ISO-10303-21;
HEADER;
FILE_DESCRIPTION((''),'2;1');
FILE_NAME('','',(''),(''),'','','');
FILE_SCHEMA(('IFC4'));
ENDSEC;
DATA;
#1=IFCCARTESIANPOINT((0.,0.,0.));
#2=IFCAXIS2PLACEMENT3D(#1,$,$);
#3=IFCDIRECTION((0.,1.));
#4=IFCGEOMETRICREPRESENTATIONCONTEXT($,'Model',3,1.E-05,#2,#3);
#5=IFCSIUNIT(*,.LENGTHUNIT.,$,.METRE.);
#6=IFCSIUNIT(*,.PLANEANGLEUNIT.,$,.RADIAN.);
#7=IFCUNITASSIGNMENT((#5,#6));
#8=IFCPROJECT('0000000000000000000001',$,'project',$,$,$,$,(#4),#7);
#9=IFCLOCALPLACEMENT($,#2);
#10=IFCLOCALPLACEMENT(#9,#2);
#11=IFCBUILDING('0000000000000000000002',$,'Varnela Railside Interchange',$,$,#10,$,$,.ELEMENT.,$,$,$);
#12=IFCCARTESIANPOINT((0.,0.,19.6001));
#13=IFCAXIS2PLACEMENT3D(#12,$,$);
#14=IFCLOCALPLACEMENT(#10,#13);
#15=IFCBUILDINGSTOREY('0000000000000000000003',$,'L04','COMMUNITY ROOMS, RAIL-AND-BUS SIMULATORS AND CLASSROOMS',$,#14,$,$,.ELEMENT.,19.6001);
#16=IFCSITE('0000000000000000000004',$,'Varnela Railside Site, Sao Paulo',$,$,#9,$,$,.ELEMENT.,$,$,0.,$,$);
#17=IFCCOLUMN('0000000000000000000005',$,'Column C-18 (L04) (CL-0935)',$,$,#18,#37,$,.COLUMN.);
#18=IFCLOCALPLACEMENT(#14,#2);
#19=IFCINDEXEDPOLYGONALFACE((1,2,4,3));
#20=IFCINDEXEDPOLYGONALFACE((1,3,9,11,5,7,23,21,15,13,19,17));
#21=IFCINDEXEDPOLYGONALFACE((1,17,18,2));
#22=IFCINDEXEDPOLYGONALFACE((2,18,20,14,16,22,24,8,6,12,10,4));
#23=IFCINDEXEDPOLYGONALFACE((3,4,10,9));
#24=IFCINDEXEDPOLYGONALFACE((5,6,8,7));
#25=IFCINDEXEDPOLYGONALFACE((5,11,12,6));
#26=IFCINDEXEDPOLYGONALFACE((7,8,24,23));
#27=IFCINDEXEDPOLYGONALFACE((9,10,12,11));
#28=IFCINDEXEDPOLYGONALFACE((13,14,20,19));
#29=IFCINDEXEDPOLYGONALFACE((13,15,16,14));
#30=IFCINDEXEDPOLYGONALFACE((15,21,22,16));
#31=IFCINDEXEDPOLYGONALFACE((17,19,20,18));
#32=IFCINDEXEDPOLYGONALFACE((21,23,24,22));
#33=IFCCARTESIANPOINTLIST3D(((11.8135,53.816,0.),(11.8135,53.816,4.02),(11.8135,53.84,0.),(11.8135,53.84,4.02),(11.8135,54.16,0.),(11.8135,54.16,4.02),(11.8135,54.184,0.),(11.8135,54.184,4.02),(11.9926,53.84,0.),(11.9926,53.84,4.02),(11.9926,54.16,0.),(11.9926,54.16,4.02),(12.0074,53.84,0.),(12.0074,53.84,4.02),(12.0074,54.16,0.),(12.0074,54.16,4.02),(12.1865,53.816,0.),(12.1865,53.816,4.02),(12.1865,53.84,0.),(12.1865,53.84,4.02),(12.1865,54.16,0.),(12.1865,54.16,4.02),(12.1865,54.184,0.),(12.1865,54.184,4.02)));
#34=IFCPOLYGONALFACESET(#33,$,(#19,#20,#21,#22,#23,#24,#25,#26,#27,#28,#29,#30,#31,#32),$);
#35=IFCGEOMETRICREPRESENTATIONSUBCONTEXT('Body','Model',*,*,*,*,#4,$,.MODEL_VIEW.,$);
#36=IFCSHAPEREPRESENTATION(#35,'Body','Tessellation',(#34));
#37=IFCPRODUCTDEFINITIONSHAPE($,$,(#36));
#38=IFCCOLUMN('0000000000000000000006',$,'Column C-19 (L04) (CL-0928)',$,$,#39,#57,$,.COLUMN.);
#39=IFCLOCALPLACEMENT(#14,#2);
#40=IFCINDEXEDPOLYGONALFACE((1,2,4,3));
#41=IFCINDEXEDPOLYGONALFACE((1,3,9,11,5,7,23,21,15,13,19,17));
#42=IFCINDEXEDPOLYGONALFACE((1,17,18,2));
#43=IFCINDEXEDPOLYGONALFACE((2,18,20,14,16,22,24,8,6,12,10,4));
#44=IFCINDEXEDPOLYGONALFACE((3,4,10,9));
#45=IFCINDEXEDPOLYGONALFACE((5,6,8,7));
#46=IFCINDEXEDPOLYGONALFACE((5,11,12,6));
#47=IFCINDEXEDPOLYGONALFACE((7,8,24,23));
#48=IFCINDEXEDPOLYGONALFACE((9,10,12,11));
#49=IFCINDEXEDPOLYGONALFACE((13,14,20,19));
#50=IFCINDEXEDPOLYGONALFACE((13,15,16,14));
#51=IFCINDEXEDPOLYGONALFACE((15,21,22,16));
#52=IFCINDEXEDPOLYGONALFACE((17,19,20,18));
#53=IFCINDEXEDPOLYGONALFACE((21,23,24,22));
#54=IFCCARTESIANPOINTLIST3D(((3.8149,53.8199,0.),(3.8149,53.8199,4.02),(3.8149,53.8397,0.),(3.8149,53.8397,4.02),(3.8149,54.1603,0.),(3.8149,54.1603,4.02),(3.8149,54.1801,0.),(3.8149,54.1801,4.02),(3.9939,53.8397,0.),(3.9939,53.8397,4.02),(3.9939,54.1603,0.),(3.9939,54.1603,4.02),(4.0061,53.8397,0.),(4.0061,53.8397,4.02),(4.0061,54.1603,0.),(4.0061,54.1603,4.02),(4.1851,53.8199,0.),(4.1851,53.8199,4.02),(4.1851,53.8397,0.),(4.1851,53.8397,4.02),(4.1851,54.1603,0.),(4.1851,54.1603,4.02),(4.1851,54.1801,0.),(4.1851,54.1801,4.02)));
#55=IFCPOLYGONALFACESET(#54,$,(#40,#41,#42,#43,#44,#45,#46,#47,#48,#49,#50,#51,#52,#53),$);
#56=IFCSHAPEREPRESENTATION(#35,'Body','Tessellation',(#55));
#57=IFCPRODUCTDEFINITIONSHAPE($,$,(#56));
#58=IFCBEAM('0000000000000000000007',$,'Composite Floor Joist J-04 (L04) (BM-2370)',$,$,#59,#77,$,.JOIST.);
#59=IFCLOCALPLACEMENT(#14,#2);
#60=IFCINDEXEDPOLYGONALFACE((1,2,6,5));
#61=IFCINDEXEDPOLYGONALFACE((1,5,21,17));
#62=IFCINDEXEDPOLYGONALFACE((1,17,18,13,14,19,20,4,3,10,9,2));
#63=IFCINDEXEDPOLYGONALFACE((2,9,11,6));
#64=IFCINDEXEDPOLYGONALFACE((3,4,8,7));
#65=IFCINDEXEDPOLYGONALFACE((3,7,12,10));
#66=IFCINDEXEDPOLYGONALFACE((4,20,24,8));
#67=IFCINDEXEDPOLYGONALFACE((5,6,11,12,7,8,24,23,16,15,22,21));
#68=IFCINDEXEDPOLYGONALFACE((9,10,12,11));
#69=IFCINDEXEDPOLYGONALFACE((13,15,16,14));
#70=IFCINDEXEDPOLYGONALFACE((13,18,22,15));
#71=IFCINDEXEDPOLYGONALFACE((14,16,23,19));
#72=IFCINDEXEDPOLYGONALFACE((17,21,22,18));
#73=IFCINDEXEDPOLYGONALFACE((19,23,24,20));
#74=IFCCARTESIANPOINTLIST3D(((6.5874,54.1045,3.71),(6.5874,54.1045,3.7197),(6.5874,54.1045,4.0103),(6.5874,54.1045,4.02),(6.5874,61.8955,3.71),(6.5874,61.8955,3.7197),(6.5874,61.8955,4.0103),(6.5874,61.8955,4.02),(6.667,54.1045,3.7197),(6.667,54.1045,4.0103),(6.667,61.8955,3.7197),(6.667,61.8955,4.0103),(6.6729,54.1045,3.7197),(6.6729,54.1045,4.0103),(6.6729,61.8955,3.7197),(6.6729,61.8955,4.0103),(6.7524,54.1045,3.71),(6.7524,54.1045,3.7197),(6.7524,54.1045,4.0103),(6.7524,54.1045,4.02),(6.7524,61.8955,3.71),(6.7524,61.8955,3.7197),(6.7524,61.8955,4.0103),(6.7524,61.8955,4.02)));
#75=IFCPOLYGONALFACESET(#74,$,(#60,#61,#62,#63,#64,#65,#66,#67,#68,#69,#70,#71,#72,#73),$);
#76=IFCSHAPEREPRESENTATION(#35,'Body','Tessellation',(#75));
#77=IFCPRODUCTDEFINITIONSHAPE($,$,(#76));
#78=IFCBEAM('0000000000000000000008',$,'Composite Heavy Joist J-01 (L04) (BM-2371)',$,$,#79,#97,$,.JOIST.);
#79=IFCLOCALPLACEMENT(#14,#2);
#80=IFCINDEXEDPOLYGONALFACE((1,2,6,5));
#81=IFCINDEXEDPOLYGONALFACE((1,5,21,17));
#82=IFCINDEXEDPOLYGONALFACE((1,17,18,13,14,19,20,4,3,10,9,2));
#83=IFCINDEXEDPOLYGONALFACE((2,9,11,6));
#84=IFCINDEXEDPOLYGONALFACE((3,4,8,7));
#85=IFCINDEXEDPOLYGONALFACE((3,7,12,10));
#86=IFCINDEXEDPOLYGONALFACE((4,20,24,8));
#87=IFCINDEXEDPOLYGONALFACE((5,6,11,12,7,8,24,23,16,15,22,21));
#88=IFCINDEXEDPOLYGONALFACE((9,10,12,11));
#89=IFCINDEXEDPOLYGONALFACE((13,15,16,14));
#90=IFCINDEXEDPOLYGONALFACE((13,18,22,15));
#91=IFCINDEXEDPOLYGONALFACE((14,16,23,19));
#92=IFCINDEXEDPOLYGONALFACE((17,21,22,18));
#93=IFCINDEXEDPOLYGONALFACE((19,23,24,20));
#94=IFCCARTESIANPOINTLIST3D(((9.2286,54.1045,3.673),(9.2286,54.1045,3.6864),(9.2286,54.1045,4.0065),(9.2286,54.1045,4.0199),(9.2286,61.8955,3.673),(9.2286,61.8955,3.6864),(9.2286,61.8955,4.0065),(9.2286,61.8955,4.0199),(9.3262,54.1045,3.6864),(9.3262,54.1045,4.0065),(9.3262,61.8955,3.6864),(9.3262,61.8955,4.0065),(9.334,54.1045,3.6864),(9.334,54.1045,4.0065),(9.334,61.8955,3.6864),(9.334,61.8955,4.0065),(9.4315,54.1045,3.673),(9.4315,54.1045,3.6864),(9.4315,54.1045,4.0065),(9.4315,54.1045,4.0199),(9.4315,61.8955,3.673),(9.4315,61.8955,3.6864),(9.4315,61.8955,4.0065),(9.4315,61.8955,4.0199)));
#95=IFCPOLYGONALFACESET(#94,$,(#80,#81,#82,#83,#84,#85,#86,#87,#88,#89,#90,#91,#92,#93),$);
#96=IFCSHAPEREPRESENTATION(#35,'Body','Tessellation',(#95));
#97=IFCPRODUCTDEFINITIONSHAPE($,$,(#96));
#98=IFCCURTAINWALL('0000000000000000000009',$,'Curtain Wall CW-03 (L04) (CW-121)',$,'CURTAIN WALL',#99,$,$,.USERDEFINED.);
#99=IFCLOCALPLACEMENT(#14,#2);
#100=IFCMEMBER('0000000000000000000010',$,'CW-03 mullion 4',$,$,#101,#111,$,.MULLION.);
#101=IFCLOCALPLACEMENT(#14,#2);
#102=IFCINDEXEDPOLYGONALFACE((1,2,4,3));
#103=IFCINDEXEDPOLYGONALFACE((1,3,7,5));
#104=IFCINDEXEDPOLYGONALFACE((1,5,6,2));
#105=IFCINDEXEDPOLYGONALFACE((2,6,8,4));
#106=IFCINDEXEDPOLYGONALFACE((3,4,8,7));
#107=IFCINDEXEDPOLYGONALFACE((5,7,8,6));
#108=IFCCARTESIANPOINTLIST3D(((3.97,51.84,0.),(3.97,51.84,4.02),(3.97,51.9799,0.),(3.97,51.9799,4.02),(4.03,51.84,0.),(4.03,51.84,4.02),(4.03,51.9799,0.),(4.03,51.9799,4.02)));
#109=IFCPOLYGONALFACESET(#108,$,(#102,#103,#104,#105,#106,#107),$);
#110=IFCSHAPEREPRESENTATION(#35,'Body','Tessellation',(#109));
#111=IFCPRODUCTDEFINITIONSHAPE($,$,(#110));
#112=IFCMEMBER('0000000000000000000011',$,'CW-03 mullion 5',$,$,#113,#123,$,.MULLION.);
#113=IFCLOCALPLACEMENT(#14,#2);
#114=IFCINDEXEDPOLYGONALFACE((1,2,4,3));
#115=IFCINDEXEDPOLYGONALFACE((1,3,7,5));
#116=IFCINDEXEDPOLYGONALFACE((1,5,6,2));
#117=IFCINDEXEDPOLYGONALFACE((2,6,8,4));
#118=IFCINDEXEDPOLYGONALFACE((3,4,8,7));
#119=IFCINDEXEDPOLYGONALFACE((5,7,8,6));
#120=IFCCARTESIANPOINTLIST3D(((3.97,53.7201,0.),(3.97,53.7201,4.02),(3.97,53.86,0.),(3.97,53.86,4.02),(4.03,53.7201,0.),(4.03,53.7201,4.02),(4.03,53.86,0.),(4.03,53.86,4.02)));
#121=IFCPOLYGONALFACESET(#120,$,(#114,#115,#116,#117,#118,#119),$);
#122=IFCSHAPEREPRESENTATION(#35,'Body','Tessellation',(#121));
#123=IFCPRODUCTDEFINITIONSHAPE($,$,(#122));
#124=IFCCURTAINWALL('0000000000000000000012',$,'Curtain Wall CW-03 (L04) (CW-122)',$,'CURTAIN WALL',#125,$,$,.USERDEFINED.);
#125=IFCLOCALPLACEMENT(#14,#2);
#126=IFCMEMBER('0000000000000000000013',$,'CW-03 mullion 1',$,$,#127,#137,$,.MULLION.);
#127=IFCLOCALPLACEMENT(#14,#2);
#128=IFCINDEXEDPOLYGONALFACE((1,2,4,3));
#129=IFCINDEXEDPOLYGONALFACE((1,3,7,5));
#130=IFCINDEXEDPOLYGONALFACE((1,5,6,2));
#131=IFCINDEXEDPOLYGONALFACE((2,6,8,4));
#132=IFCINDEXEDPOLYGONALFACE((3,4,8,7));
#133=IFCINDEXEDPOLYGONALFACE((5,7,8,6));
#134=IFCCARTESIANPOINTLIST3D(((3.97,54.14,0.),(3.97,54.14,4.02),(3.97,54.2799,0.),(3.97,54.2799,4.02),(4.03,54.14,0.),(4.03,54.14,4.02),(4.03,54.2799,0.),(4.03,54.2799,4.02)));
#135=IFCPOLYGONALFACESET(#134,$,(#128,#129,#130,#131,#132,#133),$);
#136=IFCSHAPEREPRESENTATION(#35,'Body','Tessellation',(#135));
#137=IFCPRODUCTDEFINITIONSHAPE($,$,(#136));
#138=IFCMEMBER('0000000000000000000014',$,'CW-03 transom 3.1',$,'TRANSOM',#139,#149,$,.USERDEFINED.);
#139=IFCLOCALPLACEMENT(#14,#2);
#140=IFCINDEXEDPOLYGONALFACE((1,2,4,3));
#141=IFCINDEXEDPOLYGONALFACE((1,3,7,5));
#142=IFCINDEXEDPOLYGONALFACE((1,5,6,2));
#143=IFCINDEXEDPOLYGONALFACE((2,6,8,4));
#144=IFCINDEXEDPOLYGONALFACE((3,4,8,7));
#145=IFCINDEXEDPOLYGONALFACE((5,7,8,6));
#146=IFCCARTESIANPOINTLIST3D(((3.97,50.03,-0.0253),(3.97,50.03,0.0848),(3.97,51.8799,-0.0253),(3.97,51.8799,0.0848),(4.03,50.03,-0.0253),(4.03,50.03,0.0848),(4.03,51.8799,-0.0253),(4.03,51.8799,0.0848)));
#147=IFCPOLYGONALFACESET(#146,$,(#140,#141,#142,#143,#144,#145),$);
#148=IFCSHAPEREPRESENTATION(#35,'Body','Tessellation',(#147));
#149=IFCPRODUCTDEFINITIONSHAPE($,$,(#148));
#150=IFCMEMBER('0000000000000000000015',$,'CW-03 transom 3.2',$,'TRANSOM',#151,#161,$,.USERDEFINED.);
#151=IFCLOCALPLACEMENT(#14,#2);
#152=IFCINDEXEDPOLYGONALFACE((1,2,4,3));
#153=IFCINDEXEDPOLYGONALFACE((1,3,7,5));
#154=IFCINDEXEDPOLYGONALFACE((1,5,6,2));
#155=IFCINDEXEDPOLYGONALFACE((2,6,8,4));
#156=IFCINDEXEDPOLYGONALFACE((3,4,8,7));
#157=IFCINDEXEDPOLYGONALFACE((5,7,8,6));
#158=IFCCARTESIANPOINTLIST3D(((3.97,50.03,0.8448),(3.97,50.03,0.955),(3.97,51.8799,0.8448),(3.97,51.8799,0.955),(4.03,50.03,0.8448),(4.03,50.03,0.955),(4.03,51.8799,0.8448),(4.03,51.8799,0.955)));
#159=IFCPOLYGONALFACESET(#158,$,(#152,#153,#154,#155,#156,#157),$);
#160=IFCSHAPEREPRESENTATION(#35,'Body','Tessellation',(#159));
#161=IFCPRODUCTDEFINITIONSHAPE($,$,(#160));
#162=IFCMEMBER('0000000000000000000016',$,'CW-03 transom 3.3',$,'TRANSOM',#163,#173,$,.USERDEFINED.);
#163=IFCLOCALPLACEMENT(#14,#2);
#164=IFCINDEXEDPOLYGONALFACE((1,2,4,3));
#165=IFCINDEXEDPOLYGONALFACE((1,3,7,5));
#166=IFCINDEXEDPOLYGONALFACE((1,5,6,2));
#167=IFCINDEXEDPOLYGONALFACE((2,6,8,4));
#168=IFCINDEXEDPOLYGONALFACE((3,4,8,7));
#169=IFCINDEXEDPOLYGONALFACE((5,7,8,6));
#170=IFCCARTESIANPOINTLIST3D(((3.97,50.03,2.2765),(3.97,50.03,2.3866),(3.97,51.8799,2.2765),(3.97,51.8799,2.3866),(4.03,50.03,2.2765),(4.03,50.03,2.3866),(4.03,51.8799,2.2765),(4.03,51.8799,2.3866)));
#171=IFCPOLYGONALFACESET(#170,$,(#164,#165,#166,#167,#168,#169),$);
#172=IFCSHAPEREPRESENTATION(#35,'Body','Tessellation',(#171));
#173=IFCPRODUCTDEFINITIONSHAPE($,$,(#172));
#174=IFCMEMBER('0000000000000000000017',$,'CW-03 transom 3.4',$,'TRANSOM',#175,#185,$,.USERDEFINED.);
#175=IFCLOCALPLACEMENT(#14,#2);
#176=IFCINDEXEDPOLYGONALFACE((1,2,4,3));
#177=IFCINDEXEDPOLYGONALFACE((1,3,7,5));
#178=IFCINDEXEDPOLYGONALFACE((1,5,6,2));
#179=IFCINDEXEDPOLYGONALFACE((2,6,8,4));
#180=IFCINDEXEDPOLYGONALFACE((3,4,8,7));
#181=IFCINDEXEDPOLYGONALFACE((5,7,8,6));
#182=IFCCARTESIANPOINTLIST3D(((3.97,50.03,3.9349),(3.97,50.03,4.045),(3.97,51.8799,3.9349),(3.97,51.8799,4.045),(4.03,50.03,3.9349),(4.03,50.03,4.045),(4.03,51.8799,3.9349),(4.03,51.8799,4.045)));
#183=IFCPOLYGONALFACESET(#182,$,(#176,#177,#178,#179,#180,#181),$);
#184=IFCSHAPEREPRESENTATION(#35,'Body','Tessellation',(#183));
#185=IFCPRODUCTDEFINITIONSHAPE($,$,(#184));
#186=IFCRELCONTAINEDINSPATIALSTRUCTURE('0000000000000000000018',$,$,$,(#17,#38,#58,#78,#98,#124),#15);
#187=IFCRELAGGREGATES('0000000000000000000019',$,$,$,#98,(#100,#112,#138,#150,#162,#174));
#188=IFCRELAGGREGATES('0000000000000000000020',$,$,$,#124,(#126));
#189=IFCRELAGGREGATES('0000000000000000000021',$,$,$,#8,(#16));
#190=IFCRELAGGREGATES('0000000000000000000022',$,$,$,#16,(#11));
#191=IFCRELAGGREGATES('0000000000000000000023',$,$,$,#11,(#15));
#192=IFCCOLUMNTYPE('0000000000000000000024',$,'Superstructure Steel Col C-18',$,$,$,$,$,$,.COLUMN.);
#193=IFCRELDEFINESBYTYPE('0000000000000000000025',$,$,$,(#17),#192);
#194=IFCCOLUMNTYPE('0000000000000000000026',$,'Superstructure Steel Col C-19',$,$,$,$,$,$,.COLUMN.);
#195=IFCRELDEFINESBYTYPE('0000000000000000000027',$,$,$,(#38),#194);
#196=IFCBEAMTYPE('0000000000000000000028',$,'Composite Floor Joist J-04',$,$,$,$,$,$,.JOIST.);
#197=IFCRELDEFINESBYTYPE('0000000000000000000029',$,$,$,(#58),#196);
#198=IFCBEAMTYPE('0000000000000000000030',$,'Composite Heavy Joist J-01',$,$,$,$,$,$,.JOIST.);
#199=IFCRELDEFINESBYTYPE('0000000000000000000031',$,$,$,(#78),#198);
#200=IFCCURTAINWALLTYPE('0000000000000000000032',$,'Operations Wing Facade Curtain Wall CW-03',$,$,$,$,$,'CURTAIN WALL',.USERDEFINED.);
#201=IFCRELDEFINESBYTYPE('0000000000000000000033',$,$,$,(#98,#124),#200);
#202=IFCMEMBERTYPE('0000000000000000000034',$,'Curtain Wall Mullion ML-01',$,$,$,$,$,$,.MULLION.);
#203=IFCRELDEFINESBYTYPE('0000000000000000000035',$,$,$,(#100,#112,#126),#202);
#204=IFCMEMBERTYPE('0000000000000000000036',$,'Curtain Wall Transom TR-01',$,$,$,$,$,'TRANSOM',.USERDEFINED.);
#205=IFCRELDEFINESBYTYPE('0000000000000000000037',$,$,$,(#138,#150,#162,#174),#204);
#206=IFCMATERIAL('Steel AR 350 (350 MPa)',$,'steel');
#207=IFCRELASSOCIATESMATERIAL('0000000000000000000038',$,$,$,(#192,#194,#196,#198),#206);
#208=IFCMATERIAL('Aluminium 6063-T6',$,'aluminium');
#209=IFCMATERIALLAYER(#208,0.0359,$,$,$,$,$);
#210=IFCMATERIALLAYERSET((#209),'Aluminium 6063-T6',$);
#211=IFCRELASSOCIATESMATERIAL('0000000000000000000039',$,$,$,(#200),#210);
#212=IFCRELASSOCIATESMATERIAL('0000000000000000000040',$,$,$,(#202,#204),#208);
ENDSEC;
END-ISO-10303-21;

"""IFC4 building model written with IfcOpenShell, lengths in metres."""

from ifc_helpers import new_model, si_unit, direction, frame, origin, origin_2d, place, context, subcontext, project, spatial, rectangle, i_section, extrude, material, layer, layer_set, material_profile, profile_set, type_object, element, aggregate, save


model = new_model("IFC4")

# Units and contexts
model_context = context("Model", 3, precision=1e-05, world=origin(), true_north=direction((0.0, 1.0)))
body_context = subcontext(model_context, "Body", "Model", "MODEL_VIEW")
ifc_project = project(units=[si_unit("LENGTHUNIT", "METRE"), si_unit("PLANEANGLEUNIT", "RADIAN")], contexts=[model_context])

# Site, building, storey
site_placement = place(None, origin())
site = spatial("IfcSite", under=ifc_project, at=site_placement, Name="Varnela Railside Site, Sao Paulo", CompositionType="ELEMENT", RefElevation=0.0)
building_placement = place(site_placement, origin())
building = spatial("IfcBuilding", under=site, at=building_placement, Name="Varnela Railside Interchange", CompositionType="ELEMENT")
storey_placement = place(building_placement, frame((0.0, 0.0, 19.6001)))
storey = spatial("IfcBuildingStorey", under=building, at=storey_placement, Name="L04", Description="COMMUNITY ROOMS, RAIL-AND-BUS SIMULATORS AND CLASSROOMS", CompositionType="ELEMENT", Elevation=19.6001)

# Columns
ifc_material_1 = material(Name="Steel AR 350 (350 MPa)", Category="steel")
ifc_material_profile_1 = material_profile(ifc_material_1, i_section(OverallWidth=0.373, OverallDepth=0.3679, WebThickness=0.0149, FlangeThickness=0.0239, at=origin_2d()), Name="W360x179")
ifc_profile_set_1 = profile_set([ifc_material_profile_1], Name="Steel AR 350 (350 MPa)")
column_type_1 = type_object("IfcColumnType", Name="Superstructure Steel Col C-18", PredefinedType="COLUMN", material=ifc_profile_set_1)
column_1_placement = place(storey_placement, frame((12.0, 54.0, 0.0), z_axis=(0.0, 0.0, 1.0), x_axis=(1.0, 0.0, 0.0)))
element("IfcColumn", 1, at=column_1_placement, inside=storey, type_object=column_type_1, Name="Column C-18 (L04) (CL-0935)", PredefinedType="COLUMN", context=body_context, shape_type="SweptSolid", body=[
    extrude(i_section(OverallWidth=0.373, OverallDepth=0.3679, WebThickness=0.0149, FlangeThickness=0.0239, at=origin_2d()), origin(), (0.0, 0.0, 1.0), 4.02),
])
ifc_material_profile_2 = material_profile(ifc_material_1, i_section(OverallWidth=0.3701, OverallDepth=0.3601, WebThickness=0.0122, FlangeThickness=0.0198, at=origin_2d()), Name="W360x147")
ifc_profile_set_2 = profile_set([ifc_material_profile_2], Name="Steel AR 350 (350 MPa)")
column_type_2 = type_object("IfcColumnType", Name="Superstructure Steel Col C-19", PredefinedType="COLUMN", material=ifc_profile_set_2)
column_2_placement = place(storey_placement, frame((4.0, 54.0, 0.0), z_axis=(0.0, 0.0, 1.0), x_axis=(1.0, 0.0, 0.0)))
element("IfcColumn", 2, at=column_2_placement, inside=storey, type_object=column_type_2, Name="Column C-19 (L04) (CL-0928)", PredefinedType="COLUMN", context=body_context, shape_type="SweptSolid", body=[
    extrude(i_section(OverallWidth=0.3701, OverallDepth=0.3601, WebThickness=0.0122, FlangeThickness=0.0198, at=origin_2d()), origin(), (0.0, 0.0, 1.0), 4.02),
])

# Beams
ifc_material_profile_3 = material_profile(ifc_material_1, i_section(OverallWidth=0.165, OverallDepth=0.3101, WebThickness=0.0059, FlangeThickness=0.0098, at=origin_2d()), Name="W310x38.7")
ifc_profile_set_3 = profile_set([ifc_material_profile_3], Name="Steel AR 350 (350 MPa)")
beam_type_1 = type_object("IfcBeamType", Name="Composite Floor Joist J-04", PredefinedType="JOIST", material=ifc_profile_set_3)
beam_1_placement = place(storey_placement, frame((6.6699, 54.1045, 3.865), z_axis=(0.0, 1.0, 0.0), x_axis=(-1.0, 0.0, 0.0)))
element("IfcBeam", 3, at=beam_1_placement, inside=storey, type_object=beam_type_1, Name="Composite Floor Joist J-04 (L04) (BM-2370)", PredefinedType="JOIST", context=body_context, shape_type="SweptSolid", body=[
    extrude(i_section(OverallWidth=0.165, OverallDepth=0.3101, WebThickness=0.0059, FlangeThickness=0.0098, at=origin_2d()), origin(), (0.0, 0.0, 1.0), 7.791),
])
ifc_material_profile_4 = material_profile(ifc_material_1, i_section(OverallWidth=0.2029, OverallDepth=0.3469, WebThickness=0.0078, FlangeThickness=0.0134, at=origin_2d()), Name="W360x64")
ifc_profile_set_4 = profile_set([ifc_material_profile_4], Name="Steel AR 350 (350 MPa)")
beam_type_2 = type_object("IfcBeamType", Name="Composite Heavy Joist J-01", PredefinedType="JOIST", material=ifc_profile_set_4)
beam_2_placement = place(storey_placement, frame((9.3301, 54.1045, 3.8464), z_axis=(0.0, 1.0, 0.0), x_axis=(-1.0, 0.0, 0.0)))
element("IfcBeam", 4, at=beam_2_placement, inside=storey, type_object=beam_type_2, Name="Composite Heavy Joist J-01 (L04) (BM-2371)", PredefinedType="JOIST", context=body_context, shape_type="SweptSolid", body=[
    extrude(i_section(OverallWidth=0.2029, OverallDepth=0.3469, WebThickness=0.0078, FlangeThickness=0.0134, at=origin_2d()), origin(), (0.0, 0.0, 1.0), 7.791),
])

# Curtain wall, members
ifc_material_2 = material(Name="Aluminium 6063-T6", Category="aluminium")
ifc_layer_1 = layer(ifc_material_2, 0.0359)
ifc_layer_set_1 = layer_set([ifc_layer_1], Name="Aluminium 6063-T6")
curtain_wall_type = type_object("IfcCurtainWallType", Name="Operations Wing Facade Curtain Wall CW-03", ElementType="CURTAIN WALL", PredefinedType="USERDEFINED", material=ifc_layer_set_1)
curtain_wall_1_placement = place(storey_placement, origin())
curtain_wall_1 = element("IfcCurtainWall", 5, at=curtain_wall_1_placement, inside=storey, type_object=curtain_wall_type, Name="Curtain Wall CW-03 (L04) (CW-121)", ObjectType="CURTAIN WALL", PredefinedType="USERDEFINED")
ifc_material_profile_5 = material_profile(ifc_material_2, rectangle(XDim=0.0601, YDim=0.1399, at=origin_2d()), Name="ALU 60x140")
ifc_profile_set_5 = profile_set([ifc_material_profile_5], Name="Aluminium 6063-T6")
member_type_1 = type_object("IfcMemberType", Name="Curtain Wall Mullion ML-01", PredefinedType="MULLION", material=ifc_profile_set_5)
member_1_placement = place(storey_placement, frame((4.0, 51.9099, 0.0), z_axis=(0.0, 0.0, 1.0), x_axis=(-1.0, 0.0, 0.0)))
member_1 = element("IfcMember", 6, at=member_1_placement, type_object=member_type_1, Name="CW-03 mullion 4", PredefinedType="MULLION", context=body_context, shape_type="SweptSolid", body=[
    extrude(rectangle(XDim=0.0601, YDim=0.1399, at=origin_2d()), origin(), (0.0, 0.0, 1.0), 4.02),
])
member_2_placement = place(storey_placement, frame((4.0, 53.79, 0.0), z_axis=(0.0, 0.0, 1.0), x_axis=(-1.0, 0.0, 0.0)))
member_2 = element("IfcMember", 7, at=member_2_placement, type_object=member_type_1, Name="CW-03 mullion 5", PredefinedType="MULLION", context=body_context, shape_type="SweptSolid", body=[
    extrude(rectangle(XDim=0.0601, YDim=0.1399, at=origin_2d()), origin(), (0.0, 0.0, 1.0), 4.02),
])

# Curtain wall, member
curtain_wall_2_placement = place(storey_placement, origin())
curtain_wall_2 = element("IfcCurtainWall", 8, at=curtain_wall_2_placement, inside=storey, type_object=curtain_wall_type, Name="Curtain Wall CW-03 (L04) (CW-122)", ObjectType="CURTAIN WALL", PredefinedType="USERDEFINED")
member_3_placement = place(storey_placement, frame((4.0, 54.21, 0.0), z_axis=(0.0, 0.0, 1.0), x_axis=(-1.0, 0.0, 0.0)))
member_3 = element("IfcMember", 9, at=member_3_placement, type_object=member_type_1, Name="CW-03 mullion 1", PredefinedType="MULLION", context=body_context, shape_type="SweptSolid", body=[
    extrude(rectangle(XDim=0.0601, YDim=0.1399, at=origin_2d()), origin(), (0.0, 0.0, 1.0), 4.02),
])

# Members
ifc_material_profile_6 = material_profile(ifc_material_2, rectangle(XDim=0.0601, YDim=0.1101, at=origin_2d()), Name="ALU 60x110")
ifc_profile_set_6 = profile_set([ifc_material_profile_6], Name="Aluminium 6063-T6")
member_type_2 = type_object("IfcMemberType", Name="Curtain Wall Transom TR-01", ElementType="TRANSOM", PredefinedType="USERDEFINED", material=ifc_profile_set_6)
member_4_placement = place(storey_placement, frame((4.0, 50.03, 0.0298), z_axis=(0.0, 1.0, 0.0), x_axis=(-1.0, 0.0, 0.0)))
member_4 = element("IfcMember", 10, at=member_4_placement, type_object=member_type_2, Name="CW-03 transom 3.1", ObjectType="TRANSOM", PredefinedType="USERDEFINED", context=body_context, shape_type="SweptSolid", body=[
    extrude(rectangle(XDim=0.0601, YDim=0.1101, at=origin_2d()), origin(), (0.0, 0.0, 1.0), 1.8499),
])
member_5_placement = place(storey_placement, frame((4.0, 50.03, 0.8999), z_axis=(0.0, 1.0, 0.0), x_axis=(-1.0, 0.0, 0.0)))
member_5 = element("IfcMember", 11, at=member_5_placement, type_object=member_type_2, Name="CW-03 transom 3.2", ObjectType="TRANSOM", PredefinedType="USERDEFINED", context=body_context, shape_type="SweptSolid", body=[
    extrude(rectangle(XDim=0.0601, YDim=0.1101, at=origin_2d()), origin(), (0.0, 0.0, 1.0), 1.8499),
])
member_6_placement = place(storey_placement, frame((4.0, 50.03, 2.3315), z_axis=(0.0, 1.0, 0.0), x_axis=(-1.0, 0.0, 0.0)))
member_6 = element("IfcMember", 12, at=member_6_placement, type_object=member_type_2, Name="CW-03 transom 3.3", ObjectType="TRANSOM", PredefinedType="USERDEFINED", context=body_context, shape_type="SweptSolid", body=[
    extrude(rectangle(XDim=0.0601, YDim=0.1101, at=origin_2d()), origin(), (0.0, 0.0, 1.0), 1.8499),
])
member_7_placement = place(storey_placement, frame((4.0, 50.03, 3.99), z_axis=(0.0, 1.0, 0.0), x_axis=(-1.0, 0.0, 0.0)))
member_7 = element("IfcMember", 13, at=member_7_placement, type_object=member_type_2, Name="CW-03 transom 3.4", ObjectType="TRANSOM", PredefinedType="USERDEFINED", context=body_context, shape_type="SweptSolid", body=[
    extrude(rectangle(XDim=0.0601, YDim=0.1101, at=origin_2d()), origin(), (0.0, 0.0, 1.0), 1.8499),
])

aggregate(curtain_wall_1, [member_1, member_2, member_4, member_5, member_6, member_7])
aggregate(curtain_wall_2, [member_3])

save(model, "model.ifc")
